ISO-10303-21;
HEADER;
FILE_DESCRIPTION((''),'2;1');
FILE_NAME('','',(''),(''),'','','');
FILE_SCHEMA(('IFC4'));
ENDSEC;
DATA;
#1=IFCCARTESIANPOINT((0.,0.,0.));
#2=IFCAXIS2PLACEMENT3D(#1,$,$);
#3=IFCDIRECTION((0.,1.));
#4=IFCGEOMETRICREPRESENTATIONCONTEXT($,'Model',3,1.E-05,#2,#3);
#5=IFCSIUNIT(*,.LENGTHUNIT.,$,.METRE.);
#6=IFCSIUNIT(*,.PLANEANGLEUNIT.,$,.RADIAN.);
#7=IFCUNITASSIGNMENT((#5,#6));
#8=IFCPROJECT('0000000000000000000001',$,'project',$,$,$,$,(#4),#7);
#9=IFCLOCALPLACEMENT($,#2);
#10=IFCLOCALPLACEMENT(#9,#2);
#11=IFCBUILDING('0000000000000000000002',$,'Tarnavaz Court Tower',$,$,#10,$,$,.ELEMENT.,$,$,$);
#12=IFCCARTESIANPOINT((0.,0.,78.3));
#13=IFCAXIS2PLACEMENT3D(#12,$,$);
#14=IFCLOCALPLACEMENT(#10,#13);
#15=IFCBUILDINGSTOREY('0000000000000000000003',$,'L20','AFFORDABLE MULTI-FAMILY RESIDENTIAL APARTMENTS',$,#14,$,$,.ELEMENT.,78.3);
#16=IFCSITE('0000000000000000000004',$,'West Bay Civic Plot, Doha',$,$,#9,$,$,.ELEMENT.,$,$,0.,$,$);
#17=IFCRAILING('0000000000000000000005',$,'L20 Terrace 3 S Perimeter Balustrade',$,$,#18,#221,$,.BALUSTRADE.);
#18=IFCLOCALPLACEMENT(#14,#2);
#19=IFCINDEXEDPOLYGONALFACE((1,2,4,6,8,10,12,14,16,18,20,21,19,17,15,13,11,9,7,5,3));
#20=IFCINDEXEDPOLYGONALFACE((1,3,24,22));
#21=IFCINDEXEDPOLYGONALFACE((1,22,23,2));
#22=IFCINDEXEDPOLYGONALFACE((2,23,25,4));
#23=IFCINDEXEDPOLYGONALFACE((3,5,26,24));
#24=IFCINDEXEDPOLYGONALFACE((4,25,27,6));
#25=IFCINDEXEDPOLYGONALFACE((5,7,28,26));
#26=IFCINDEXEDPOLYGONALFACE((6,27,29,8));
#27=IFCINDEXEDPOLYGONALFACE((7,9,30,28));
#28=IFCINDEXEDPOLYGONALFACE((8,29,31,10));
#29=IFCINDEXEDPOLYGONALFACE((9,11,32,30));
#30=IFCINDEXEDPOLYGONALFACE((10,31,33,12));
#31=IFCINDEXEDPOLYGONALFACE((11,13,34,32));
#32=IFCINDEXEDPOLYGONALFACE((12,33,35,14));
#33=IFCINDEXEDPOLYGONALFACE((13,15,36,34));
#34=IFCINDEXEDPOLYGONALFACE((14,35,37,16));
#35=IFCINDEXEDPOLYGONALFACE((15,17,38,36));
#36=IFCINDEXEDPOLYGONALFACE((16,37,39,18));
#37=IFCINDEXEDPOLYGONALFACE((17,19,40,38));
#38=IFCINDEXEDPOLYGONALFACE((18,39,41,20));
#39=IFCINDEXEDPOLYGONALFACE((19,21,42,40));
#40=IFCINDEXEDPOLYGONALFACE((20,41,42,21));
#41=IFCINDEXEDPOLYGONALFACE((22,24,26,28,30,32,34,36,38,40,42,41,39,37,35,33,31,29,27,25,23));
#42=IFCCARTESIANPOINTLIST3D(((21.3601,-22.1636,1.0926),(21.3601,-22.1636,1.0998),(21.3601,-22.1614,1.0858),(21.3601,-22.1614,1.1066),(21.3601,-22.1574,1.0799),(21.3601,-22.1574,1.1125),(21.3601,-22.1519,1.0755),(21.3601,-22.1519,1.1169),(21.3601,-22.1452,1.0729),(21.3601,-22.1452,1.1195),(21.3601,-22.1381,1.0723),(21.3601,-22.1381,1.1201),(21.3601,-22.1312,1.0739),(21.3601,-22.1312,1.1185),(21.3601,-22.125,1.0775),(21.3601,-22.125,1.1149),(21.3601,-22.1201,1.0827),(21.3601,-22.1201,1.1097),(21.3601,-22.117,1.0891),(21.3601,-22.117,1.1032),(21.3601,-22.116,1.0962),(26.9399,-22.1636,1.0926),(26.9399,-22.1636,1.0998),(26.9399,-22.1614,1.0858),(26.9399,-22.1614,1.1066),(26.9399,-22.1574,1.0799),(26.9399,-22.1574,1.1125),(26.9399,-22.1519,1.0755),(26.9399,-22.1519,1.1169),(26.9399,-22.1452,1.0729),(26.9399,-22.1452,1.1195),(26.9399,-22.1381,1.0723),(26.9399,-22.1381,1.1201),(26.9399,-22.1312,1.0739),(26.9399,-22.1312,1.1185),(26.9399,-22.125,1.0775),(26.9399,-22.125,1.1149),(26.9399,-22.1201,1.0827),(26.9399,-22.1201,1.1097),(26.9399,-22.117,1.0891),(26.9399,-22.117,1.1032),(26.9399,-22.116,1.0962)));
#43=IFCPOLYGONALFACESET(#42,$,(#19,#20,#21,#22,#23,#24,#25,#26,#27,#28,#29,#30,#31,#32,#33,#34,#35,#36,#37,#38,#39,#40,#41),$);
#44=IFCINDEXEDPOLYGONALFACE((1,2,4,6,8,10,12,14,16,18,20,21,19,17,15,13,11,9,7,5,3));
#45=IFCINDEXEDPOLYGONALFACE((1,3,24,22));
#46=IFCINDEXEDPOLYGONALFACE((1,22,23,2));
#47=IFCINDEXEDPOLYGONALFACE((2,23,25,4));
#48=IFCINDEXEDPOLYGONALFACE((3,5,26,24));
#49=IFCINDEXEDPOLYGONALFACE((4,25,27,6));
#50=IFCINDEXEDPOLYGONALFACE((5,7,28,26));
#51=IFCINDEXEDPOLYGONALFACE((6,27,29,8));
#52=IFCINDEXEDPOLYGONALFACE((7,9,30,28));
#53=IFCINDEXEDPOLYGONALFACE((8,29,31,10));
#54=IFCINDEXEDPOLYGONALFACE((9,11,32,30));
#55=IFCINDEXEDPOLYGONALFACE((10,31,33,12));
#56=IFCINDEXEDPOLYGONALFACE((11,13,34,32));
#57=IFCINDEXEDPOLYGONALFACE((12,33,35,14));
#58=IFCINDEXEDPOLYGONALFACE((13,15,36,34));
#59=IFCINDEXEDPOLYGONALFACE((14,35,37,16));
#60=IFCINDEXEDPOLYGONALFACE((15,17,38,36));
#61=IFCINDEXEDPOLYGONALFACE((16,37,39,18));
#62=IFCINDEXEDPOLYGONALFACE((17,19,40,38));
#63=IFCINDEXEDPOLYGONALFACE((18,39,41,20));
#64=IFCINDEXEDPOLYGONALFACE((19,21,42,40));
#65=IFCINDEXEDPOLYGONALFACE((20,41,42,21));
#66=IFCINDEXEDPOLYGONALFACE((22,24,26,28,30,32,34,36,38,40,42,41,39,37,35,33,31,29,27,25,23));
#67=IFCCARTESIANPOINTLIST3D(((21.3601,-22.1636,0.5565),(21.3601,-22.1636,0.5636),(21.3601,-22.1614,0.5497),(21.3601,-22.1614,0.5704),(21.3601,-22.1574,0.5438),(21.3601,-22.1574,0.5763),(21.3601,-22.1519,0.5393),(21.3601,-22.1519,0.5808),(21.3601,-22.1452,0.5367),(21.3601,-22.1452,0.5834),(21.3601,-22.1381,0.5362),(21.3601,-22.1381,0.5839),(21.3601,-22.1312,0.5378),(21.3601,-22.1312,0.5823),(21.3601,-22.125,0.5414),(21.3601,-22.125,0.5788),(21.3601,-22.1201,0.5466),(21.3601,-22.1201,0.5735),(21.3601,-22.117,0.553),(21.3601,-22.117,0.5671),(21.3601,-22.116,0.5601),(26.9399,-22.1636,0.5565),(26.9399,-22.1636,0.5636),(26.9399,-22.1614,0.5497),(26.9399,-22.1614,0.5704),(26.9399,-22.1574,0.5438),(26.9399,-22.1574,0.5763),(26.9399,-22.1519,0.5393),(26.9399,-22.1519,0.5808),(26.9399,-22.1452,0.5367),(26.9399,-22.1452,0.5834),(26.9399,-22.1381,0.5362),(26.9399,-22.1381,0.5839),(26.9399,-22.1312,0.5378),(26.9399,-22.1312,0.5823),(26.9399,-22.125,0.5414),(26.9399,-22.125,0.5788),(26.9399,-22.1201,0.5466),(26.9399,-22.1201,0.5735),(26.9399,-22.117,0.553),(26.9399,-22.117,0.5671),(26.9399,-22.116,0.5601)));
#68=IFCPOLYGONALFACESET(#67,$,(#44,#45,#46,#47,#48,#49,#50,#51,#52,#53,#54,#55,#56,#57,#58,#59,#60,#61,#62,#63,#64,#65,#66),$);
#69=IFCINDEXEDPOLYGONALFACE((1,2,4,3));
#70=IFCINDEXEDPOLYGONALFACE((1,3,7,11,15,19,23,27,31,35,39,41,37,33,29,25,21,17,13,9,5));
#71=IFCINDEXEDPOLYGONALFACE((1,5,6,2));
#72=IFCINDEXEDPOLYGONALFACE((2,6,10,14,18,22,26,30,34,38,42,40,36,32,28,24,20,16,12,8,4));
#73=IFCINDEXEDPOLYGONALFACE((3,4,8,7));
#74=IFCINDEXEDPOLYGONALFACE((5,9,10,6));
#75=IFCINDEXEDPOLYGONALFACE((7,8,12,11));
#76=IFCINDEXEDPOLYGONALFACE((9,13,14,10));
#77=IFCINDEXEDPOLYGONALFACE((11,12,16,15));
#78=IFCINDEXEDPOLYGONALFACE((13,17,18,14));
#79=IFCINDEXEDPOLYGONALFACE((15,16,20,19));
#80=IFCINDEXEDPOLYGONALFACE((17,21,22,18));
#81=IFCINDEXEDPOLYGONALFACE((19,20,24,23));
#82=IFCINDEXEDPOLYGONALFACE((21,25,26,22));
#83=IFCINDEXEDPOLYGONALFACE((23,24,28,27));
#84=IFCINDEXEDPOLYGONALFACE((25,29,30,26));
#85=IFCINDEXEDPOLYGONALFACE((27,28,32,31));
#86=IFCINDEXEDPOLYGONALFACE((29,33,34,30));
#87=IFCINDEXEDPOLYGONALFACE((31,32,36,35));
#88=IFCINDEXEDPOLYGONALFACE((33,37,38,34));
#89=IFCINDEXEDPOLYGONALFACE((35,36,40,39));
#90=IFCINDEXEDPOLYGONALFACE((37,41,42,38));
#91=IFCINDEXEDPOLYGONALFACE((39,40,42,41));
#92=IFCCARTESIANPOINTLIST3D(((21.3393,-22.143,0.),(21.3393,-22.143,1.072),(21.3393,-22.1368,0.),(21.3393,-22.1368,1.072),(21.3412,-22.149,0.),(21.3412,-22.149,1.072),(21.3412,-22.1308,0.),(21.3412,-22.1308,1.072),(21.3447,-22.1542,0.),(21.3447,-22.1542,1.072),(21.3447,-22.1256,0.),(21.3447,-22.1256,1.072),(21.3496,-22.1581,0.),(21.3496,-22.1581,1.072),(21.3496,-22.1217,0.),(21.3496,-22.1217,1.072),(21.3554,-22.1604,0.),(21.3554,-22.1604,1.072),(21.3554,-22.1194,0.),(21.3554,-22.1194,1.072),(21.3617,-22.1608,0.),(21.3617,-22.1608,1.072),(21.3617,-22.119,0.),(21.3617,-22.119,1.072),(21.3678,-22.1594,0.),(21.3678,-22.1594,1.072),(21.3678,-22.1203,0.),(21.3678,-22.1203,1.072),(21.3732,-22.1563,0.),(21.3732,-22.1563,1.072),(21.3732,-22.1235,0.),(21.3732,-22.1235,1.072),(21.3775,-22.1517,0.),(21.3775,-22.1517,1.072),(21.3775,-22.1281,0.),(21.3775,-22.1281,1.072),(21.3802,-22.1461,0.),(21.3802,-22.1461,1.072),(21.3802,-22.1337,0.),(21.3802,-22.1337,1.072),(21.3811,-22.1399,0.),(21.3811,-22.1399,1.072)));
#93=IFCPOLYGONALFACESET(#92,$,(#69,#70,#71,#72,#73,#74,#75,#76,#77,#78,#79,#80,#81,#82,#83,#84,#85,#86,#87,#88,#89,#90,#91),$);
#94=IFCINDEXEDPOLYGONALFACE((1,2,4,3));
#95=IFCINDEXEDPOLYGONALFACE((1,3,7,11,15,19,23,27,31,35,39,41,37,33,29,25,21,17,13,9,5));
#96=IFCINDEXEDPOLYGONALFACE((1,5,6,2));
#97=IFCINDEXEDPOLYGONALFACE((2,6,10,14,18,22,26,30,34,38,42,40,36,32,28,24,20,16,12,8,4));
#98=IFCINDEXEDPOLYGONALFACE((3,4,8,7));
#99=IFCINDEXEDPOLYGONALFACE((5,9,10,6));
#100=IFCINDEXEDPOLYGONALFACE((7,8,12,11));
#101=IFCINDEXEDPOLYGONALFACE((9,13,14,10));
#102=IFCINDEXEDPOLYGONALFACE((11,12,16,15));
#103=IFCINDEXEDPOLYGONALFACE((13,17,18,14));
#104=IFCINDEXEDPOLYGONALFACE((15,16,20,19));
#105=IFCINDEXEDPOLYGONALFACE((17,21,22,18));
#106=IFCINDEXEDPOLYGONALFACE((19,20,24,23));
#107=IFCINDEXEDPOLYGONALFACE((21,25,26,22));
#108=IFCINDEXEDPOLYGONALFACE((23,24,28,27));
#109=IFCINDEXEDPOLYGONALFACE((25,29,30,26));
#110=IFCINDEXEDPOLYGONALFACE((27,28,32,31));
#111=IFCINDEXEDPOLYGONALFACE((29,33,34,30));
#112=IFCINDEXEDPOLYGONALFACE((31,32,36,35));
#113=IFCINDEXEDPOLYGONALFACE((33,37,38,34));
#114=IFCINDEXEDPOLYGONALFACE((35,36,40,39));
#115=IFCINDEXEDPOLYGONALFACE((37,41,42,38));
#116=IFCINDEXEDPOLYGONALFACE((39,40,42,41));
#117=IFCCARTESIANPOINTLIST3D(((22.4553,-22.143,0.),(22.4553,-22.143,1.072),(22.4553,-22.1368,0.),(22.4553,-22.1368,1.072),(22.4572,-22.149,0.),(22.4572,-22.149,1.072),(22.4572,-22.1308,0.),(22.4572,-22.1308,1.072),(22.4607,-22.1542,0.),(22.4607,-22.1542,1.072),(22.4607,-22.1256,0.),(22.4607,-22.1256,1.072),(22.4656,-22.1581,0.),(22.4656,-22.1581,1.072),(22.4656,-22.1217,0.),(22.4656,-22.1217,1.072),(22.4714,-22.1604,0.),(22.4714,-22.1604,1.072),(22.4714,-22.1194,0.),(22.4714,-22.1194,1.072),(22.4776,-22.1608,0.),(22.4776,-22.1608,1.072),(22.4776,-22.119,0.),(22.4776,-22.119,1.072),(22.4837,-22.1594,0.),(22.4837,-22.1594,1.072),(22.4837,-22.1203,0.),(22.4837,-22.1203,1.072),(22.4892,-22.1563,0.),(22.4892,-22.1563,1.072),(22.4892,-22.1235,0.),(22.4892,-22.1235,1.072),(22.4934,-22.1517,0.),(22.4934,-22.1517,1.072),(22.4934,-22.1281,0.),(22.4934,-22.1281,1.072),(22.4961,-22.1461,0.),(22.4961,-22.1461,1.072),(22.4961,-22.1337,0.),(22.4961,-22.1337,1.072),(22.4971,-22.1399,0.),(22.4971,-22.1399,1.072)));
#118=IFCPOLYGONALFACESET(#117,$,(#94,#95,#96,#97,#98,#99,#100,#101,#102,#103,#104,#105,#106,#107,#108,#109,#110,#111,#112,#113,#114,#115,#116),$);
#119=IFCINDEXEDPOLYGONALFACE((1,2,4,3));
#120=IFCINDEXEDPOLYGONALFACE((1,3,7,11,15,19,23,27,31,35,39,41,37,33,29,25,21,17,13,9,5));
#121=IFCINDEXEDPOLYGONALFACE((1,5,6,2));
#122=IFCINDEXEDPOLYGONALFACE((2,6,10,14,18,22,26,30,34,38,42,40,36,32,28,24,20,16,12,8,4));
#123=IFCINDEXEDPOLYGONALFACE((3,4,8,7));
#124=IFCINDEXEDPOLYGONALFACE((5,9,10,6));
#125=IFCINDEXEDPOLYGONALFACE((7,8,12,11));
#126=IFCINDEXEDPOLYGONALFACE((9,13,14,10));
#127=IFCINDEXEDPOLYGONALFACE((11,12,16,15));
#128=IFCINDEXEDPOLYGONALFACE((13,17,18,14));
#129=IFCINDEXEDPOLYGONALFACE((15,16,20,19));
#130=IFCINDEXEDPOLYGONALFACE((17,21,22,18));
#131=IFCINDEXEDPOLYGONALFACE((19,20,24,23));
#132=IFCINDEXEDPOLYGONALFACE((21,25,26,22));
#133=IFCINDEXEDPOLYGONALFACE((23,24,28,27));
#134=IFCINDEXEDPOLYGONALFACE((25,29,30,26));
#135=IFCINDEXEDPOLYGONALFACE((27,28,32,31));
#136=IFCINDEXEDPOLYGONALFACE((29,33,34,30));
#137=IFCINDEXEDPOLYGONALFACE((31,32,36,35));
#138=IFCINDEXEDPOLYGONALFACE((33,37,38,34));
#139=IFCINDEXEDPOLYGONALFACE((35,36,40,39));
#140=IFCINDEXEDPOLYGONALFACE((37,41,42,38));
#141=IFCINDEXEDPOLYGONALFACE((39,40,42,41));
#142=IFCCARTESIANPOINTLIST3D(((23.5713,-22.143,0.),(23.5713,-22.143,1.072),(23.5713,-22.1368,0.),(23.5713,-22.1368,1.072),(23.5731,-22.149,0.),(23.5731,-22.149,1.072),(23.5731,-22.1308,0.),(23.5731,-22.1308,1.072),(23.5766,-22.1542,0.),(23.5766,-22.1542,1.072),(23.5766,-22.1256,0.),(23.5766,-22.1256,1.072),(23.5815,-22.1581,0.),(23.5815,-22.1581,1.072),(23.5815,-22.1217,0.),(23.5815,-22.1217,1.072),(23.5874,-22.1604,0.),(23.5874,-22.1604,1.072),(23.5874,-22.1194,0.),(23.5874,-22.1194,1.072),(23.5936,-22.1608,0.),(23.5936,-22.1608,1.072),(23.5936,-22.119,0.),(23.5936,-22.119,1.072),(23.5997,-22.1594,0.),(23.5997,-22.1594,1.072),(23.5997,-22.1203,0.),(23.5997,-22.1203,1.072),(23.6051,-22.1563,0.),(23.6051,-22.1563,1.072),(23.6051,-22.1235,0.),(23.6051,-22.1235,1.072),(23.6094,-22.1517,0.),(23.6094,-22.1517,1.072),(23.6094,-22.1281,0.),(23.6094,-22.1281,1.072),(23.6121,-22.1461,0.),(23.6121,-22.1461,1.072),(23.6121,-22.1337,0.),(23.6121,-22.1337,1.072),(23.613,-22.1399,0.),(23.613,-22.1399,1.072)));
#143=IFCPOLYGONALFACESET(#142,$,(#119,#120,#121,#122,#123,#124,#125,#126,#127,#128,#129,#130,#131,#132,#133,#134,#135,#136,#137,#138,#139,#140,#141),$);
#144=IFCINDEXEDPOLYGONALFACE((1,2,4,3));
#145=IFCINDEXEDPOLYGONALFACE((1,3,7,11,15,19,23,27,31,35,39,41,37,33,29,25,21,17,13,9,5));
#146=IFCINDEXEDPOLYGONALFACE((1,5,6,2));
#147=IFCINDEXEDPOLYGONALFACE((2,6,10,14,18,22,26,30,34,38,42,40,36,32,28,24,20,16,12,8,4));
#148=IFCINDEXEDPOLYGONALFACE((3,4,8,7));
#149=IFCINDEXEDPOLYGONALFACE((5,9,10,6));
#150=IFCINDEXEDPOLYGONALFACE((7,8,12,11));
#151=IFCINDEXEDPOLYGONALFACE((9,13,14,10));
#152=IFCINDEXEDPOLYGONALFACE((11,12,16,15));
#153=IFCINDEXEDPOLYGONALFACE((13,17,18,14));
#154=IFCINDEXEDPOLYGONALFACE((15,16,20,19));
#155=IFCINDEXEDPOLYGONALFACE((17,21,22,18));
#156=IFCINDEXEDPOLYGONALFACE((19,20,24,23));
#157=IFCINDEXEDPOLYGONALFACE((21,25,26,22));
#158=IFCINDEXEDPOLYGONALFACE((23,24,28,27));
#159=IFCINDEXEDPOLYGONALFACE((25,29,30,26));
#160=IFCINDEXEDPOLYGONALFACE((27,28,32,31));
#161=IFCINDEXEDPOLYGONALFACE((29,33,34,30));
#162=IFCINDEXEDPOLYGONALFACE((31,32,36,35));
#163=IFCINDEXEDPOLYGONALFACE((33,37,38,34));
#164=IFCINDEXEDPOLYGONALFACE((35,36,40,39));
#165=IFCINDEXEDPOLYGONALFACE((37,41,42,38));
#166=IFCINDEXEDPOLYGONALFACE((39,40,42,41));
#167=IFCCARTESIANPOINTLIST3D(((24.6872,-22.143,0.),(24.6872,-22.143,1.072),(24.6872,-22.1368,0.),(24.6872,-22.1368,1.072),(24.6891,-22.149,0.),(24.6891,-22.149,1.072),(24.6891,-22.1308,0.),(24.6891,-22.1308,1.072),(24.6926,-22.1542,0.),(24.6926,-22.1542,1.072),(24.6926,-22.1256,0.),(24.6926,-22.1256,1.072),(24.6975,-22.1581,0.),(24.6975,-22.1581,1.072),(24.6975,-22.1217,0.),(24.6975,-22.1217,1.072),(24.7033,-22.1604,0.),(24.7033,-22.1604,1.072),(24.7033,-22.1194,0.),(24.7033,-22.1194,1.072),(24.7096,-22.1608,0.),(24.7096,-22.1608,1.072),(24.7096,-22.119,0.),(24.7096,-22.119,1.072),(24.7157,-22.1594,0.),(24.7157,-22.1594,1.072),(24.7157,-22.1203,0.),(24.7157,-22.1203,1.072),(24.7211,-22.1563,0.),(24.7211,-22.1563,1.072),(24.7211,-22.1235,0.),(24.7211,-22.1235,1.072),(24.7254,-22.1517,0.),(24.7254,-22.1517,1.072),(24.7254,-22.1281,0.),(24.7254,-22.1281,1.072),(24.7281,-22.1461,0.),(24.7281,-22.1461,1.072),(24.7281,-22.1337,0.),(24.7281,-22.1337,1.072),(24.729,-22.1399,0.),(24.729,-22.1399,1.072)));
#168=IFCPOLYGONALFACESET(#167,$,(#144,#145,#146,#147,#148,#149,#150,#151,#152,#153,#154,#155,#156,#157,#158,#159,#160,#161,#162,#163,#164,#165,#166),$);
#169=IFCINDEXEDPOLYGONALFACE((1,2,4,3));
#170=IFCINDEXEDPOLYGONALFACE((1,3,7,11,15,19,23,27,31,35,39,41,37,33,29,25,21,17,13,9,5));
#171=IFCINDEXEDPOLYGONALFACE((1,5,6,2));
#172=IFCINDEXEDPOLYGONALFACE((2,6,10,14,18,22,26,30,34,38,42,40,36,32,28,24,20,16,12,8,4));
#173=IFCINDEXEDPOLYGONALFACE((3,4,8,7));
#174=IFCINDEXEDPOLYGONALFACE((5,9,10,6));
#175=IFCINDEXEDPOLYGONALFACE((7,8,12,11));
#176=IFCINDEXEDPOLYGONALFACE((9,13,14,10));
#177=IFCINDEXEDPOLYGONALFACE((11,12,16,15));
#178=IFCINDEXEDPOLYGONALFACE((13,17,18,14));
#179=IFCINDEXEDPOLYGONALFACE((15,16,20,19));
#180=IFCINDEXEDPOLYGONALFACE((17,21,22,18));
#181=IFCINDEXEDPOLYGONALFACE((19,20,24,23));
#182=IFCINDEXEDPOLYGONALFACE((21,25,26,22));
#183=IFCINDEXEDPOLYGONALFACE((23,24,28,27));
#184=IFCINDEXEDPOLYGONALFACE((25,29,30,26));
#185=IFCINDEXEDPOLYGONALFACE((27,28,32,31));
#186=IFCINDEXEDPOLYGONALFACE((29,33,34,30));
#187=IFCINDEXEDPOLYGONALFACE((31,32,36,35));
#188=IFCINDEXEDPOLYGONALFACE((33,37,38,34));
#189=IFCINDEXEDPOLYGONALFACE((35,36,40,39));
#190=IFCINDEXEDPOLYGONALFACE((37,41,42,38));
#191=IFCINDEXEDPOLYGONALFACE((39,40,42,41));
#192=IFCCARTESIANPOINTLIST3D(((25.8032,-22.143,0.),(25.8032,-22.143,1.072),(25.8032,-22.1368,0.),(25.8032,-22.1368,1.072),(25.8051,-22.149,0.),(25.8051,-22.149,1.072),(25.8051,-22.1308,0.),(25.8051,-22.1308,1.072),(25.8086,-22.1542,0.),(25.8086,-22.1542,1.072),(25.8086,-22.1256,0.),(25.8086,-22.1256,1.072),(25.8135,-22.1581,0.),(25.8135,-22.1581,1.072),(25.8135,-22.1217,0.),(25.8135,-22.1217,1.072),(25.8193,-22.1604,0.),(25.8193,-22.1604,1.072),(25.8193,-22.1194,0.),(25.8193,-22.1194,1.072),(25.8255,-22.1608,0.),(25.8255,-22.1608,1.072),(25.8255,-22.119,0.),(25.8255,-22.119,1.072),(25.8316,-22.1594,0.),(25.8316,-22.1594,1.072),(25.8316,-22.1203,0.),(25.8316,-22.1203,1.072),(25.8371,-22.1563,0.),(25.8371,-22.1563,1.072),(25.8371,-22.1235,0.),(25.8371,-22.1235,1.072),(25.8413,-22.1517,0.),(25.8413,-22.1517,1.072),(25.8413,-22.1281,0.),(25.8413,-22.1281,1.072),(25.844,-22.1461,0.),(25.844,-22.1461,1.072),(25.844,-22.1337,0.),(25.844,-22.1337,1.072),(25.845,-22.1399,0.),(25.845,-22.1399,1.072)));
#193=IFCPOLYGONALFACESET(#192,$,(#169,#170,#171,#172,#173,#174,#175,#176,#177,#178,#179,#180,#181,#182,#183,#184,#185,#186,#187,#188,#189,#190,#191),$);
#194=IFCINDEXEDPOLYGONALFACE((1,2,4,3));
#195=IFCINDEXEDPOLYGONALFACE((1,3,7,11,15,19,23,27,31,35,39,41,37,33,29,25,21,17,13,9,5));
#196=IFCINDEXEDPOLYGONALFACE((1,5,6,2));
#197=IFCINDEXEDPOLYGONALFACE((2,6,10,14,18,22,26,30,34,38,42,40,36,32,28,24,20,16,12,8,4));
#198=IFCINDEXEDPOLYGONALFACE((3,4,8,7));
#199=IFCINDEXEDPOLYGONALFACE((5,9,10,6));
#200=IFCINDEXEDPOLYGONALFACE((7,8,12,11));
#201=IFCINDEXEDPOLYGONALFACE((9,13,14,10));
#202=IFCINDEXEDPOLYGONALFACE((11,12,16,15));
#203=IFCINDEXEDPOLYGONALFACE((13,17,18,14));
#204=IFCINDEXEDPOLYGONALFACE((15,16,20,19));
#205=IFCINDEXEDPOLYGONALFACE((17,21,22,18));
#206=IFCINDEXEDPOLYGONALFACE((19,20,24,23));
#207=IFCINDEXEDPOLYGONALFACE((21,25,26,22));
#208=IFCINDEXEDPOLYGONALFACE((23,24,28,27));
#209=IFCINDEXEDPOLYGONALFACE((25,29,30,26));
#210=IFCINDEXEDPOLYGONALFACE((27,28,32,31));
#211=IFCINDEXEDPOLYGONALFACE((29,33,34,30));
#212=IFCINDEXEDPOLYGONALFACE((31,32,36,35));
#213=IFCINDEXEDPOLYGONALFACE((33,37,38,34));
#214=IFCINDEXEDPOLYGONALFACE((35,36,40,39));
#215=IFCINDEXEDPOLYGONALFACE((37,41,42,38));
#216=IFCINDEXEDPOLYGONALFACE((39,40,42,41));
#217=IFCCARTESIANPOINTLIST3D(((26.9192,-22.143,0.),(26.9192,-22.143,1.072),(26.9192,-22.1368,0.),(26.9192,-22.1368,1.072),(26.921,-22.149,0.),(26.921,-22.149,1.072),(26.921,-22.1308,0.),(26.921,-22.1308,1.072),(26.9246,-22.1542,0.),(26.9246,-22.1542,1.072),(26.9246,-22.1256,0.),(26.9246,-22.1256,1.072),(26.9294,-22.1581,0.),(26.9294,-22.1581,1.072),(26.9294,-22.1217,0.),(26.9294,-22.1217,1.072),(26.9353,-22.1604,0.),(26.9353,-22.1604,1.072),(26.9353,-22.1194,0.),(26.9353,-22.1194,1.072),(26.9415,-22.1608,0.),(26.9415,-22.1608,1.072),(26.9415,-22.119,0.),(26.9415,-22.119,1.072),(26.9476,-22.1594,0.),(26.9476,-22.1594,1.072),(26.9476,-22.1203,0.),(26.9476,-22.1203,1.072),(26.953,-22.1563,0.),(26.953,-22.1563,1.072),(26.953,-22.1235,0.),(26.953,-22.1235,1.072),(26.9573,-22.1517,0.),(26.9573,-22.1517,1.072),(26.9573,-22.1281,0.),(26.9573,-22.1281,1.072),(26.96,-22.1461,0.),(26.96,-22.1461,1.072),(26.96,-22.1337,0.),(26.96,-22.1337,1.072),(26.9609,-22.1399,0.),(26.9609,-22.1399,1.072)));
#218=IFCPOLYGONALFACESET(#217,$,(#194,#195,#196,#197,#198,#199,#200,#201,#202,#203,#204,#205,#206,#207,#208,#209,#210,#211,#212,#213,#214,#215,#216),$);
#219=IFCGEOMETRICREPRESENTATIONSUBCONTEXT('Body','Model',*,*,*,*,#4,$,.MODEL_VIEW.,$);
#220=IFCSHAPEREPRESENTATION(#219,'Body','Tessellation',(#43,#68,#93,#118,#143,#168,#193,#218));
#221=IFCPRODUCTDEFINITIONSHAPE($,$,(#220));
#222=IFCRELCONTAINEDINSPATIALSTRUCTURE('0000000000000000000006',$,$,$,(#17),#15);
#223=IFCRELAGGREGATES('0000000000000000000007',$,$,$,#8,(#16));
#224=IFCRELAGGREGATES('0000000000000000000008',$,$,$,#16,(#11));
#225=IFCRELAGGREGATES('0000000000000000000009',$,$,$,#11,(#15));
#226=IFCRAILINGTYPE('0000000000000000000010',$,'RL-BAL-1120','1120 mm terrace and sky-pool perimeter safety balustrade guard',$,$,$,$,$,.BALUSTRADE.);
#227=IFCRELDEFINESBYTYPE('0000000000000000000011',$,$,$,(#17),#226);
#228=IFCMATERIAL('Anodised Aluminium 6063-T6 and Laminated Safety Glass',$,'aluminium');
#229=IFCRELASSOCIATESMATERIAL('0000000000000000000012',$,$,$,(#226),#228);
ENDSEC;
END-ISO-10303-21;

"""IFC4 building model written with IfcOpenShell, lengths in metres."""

from ifc_helpers import new_model, si_unit, direction, frame, origin, origin_2d, place, context, subcontext, project, spatial, circle, extrude, material, type_object, element, save


model = new_model("IFC4")

# Units and contexts
model_context = context("Model", 3, precision=1e-05, world=origin(), true_north=direction((0.0, 1.0)))
body_context = subcontext(model_context, "Body", "Model", "MODEL_VIEW")
ifc_project = project(units=[si_unit("LENGTHUNIT", "METRE"), si_unit("PLANEANGLEUNIT", "RADIAN")], contexts=[model_context])

# Site, building, storey
site_placement = place(None, origin())
site = spatial("IfcSite", under=ifc_project, at=site_placement, Name="West Bay Civic Plot, Doha", CompositionType="ELEMENT", RefElevation=0.0)
building_placement = place(site_placement, origin())
building = spatial("IfcBuilding", under=site, at=building_placement, Name="Tarnavaz Court Tower", CompositionType="ELEMENT")
storey_placement = place(building_placement, frame((0.0, 0.0, 78.3)))
storey = spatial("IfcBuildingStorey", under=building, at=storey_placement, Name="L20", Description="AFFORDABLE MULTI-FAMILY RESIDENTIAL APARTMENTS", CompositionType="ELEMENT", Elevation=78.3)

# Railing
ifc_material_1 = material(Name="Anodised Aluminium 6063-T6 and Laminated Safety Glass", Category="aluminium")
railing_type = type_object("IfcRailingType", Name="RL-BAL-1120", Description="1120 mm terrace and sky-pool perimeter safety balustrade guard", PredefinedType="BALUSTRADE", material=ifc_material_1)
railing_1_placement = place(storey_placement, frame((21.3601, -22.1399, 0.0)))
element("IfcRailing", 1, at=railing_1_placement, inside=storey, type_object=railing_type, Name="L20 Terrace 3 S Perimeter Balustrade", PredefinedType="BALUSTRADE", context=body_context, shape_type="SweptSolid", body=[
    extrude(circle(Radius=0.0239, at=origin_2d()), frame((0.0, 0.0, 1.0962), z_axis=(1.0, 0.0, 0.0), x_axis=(0.0, 1.0, 0.0)), (0.0, 0.0, 1.0), 5.5798),
    extrude(circle(Radius=0.0239, at=origin_2d()), frame((0.0, 0.0, 0.5601), z_axis=(1.0, 0.0, 0.0), x_axis=(0.0, 1.0, 0.0)), (0.0, 0.0, 1.0), 5.5798),
    extrude(circle(Radius=0.021, at=origin_2d()), origin(), (0.0, 0.0, 1.0), 1.072),
    extrude(circle(Radius=0.021, at=origin_2d()), frame((1.116, 0.0, 0.0)), (0.0, 0.0, 1.0), 1.072),
    extrude(circle(Radius=0.021, at=origin_2d()), frame((2.2319, 0.0, 0.0)), (0.0, 0.0, 1.0), 1.072),
    extrude(circle(Radius=0.021, at=origin_2d()), frame((3.3479, 0.0, 0.0)), (0.0, 0.0, 1.0), 1.072),
    extrude(circle(Radius=0.021, at=origin_2d()), frame((4.4639, 0.0, 0.0)), (0.0, 0.0, 1.0), 1.072),
    extrude(circle(Radius=0.021, at=origin_2d()), frame((5.5798, 0.0, 0.0)), (0.0, 0.0, 1.0), 1.072),
])

save(model, "model.ifc")
